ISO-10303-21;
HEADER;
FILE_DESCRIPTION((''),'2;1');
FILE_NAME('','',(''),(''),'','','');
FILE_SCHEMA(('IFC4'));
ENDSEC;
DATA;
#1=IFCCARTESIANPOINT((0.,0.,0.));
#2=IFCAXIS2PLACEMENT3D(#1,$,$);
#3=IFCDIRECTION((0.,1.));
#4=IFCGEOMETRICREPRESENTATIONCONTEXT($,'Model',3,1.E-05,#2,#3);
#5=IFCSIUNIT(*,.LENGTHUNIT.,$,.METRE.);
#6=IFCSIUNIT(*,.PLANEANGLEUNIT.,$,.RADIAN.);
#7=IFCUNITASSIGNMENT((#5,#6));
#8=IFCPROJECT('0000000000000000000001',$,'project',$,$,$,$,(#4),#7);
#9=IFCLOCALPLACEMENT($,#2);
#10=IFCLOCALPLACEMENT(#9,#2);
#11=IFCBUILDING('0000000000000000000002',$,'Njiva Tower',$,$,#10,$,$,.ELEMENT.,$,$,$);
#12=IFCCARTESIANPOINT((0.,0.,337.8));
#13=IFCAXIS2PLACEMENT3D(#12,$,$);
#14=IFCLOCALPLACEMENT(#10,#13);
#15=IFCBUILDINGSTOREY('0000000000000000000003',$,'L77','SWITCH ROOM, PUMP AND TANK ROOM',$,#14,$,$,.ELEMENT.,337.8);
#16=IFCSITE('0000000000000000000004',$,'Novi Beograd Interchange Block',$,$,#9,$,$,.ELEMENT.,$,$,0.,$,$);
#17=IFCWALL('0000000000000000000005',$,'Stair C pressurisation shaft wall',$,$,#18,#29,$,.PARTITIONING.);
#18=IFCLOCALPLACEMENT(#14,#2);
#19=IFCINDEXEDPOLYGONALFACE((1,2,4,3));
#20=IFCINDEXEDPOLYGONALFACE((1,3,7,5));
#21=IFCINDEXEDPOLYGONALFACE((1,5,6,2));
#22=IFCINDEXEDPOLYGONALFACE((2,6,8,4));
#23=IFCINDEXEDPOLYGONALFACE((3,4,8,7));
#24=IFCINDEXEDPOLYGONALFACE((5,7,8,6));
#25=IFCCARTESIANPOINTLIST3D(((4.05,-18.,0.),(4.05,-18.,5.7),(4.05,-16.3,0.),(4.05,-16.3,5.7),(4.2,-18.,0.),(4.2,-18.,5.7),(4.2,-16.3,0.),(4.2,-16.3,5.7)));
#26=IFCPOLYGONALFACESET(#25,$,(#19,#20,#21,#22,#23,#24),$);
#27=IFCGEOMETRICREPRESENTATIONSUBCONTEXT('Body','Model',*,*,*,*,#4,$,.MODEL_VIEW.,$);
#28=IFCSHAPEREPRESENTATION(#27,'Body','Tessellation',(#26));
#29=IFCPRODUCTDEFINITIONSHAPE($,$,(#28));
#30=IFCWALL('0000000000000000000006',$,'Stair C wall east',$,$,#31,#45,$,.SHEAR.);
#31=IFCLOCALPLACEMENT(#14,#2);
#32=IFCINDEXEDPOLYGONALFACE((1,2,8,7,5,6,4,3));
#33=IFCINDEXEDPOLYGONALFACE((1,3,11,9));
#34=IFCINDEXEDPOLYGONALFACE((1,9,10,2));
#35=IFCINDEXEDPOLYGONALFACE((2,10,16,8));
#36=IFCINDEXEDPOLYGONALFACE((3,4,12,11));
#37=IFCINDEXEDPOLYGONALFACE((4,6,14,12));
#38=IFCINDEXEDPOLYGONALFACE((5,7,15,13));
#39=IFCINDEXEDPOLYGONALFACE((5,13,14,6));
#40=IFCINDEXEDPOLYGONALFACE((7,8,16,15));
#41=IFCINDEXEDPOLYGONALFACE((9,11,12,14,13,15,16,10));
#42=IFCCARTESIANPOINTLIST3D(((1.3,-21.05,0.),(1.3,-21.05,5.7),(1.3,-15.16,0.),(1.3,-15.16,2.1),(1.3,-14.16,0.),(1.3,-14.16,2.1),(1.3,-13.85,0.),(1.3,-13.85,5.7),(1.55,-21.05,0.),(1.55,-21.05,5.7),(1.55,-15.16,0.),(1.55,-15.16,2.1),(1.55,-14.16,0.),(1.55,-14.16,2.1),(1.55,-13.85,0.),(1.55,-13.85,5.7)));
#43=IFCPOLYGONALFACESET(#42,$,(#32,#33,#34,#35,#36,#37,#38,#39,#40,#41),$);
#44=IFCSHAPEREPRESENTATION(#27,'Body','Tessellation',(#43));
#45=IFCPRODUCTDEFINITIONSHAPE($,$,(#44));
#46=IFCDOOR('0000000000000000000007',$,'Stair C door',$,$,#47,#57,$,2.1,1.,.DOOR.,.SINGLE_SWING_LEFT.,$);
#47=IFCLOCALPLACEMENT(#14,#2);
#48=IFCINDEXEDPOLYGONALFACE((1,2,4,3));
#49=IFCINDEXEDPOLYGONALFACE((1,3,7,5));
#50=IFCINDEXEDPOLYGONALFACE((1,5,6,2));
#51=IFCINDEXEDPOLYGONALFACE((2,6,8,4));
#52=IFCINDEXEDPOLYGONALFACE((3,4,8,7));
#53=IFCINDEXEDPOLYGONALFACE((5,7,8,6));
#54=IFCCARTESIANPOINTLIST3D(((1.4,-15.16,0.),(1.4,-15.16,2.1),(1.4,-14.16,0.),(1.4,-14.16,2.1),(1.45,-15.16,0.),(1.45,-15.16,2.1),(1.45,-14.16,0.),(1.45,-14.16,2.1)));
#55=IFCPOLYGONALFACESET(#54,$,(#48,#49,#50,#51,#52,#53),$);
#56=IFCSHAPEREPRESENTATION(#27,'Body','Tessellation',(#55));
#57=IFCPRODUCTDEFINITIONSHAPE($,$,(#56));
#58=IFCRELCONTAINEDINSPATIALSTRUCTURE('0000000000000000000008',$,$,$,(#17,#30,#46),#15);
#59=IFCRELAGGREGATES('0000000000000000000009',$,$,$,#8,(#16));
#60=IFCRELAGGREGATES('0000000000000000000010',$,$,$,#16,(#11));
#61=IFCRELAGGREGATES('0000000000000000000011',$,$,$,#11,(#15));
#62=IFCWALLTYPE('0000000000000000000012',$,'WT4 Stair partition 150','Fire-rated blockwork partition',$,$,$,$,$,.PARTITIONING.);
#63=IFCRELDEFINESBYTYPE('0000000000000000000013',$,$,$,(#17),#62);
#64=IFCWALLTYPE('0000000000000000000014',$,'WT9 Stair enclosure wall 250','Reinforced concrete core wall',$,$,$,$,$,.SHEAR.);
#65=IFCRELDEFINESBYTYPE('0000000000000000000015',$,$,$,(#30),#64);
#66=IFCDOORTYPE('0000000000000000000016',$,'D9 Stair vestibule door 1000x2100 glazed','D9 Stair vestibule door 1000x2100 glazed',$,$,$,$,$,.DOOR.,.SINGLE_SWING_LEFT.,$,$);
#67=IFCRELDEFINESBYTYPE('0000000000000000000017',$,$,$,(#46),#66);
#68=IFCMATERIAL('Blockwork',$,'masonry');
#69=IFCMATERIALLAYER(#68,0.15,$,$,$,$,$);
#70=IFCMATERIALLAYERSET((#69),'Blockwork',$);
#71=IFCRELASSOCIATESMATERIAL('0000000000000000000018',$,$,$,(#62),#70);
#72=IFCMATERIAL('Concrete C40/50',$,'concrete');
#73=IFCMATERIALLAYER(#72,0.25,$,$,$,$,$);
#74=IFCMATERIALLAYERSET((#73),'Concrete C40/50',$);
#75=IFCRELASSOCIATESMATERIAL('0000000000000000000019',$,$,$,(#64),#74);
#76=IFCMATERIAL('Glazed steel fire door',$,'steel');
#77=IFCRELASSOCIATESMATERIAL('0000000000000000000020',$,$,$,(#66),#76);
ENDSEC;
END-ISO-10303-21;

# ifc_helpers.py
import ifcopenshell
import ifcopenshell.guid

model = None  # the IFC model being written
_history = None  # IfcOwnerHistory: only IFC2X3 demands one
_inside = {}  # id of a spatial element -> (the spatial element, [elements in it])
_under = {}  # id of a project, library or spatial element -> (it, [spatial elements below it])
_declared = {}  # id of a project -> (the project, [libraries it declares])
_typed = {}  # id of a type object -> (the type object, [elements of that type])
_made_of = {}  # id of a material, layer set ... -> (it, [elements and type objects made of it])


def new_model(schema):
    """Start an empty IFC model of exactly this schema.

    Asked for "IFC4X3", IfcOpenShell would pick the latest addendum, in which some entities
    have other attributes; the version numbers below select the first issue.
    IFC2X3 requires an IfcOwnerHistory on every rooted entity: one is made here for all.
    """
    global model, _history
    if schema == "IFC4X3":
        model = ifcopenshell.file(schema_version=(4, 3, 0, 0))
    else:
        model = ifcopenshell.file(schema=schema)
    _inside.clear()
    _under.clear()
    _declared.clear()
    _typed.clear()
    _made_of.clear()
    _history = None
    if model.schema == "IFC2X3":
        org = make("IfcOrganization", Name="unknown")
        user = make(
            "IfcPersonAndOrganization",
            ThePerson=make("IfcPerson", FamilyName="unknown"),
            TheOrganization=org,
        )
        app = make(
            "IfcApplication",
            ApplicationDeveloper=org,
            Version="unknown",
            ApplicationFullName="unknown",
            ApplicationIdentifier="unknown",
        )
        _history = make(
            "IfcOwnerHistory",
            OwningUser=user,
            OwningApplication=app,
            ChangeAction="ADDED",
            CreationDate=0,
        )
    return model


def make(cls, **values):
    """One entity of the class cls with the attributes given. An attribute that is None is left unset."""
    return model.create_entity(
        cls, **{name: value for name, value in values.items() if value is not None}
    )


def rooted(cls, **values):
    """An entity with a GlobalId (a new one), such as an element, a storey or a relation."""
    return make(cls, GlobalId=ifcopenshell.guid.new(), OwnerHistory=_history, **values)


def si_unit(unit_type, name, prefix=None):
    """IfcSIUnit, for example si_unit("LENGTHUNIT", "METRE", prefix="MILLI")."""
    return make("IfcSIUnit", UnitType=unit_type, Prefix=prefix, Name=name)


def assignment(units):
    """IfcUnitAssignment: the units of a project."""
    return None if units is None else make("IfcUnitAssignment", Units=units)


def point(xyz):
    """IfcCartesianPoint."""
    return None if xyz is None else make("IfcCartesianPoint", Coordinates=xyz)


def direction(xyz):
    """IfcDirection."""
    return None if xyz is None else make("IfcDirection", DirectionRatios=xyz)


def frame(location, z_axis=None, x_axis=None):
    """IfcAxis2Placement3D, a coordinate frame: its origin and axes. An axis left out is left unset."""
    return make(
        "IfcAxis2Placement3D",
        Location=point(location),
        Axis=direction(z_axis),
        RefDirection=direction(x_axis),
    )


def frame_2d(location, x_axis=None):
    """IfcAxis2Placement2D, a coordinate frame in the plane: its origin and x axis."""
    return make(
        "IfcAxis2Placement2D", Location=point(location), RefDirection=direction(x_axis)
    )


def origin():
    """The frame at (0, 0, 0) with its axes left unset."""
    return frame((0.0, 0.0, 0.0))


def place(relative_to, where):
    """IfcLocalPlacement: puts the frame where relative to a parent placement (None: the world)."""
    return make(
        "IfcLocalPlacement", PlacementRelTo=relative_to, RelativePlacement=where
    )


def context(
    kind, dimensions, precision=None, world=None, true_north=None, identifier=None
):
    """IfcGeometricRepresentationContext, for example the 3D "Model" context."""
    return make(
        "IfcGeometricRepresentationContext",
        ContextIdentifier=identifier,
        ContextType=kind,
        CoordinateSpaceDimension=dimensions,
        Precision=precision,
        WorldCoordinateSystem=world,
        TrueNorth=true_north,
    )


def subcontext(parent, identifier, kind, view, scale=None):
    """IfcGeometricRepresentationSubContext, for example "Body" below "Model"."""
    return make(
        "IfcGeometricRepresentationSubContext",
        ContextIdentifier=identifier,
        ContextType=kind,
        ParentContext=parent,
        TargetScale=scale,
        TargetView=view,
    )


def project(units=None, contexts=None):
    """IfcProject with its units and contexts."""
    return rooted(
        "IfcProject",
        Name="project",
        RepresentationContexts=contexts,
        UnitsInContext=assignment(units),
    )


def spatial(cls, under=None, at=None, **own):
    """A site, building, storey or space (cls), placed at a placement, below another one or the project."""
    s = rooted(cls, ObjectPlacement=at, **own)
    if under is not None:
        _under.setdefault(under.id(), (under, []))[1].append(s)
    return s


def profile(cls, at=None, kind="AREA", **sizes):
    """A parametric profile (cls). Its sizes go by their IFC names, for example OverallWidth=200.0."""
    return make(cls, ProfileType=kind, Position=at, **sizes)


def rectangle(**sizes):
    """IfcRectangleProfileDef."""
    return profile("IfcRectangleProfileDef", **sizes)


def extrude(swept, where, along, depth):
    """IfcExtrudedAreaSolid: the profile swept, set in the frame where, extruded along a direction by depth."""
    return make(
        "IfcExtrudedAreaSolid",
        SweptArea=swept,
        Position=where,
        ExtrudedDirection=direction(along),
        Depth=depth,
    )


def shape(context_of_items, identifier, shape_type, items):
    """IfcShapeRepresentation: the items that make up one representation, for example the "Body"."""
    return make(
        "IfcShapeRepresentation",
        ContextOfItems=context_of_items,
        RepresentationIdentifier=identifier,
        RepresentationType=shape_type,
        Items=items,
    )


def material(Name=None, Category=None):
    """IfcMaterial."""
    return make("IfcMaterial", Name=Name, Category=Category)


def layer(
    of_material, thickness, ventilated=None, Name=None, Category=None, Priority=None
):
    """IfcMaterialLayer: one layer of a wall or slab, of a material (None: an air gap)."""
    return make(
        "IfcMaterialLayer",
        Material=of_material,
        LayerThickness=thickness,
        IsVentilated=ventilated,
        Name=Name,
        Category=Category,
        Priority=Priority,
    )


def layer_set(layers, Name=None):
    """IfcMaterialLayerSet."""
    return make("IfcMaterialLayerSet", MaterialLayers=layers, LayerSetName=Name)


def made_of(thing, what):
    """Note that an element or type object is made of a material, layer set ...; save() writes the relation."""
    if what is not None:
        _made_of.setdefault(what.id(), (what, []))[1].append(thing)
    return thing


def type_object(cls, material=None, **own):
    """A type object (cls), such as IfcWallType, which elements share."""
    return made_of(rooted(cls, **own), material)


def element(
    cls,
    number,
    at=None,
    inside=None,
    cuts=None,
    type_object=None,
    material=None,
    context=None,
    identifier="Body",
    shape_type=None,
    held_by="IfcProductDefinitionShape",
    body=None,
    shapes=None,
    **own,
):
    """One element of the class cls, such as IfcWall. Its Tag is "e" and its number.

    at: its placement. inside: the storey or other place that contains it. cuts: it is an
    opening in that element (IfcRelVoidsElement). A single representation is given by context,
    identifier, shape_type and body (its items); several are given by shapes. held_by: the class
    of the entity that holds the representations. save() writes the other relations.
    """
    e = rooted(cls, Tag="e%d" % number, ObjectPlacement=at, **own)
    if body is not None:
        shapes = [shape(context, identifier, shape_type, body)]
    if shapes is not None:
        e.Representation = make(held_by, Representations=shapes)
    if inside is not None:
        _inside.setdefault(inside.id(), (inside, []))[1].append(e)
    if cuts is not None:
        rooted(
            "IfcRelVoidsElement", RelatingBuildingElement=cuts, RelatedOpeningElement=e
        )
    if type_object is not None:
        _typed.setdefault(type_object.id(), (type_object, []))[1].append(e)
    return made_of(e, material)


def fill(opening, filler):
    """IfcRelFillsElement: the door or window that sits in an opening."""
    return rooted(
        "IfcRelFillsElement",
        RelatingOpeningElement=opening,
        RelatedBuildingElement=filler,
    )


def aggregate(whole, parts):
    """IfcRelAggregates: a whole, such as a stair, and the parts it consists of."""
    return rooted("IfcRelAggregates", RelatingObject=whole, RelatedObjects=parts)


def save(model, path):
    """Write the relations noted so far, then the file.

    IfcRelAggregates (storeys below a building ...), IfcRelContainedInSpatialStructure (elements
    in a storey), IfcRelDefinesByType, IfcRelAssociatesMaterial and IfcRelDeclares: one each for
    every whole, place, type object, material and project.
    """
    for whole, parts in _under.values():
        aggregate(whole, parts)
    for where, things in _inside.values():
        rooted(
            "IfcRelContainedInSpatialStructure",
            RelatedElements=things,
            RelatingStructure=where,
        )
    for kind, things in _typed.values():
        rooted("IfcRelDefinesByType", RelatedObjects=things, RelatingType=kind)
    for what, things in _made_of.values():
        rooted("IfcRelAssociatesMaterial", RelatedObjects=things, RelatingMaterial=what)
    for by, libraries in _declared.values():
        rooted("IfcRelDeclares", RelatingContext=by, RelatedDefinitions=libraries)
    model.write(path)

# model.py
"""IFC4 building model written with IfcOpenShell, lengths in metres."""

from ifc_helpers import new_model, si_unit, direction, frame, frame_2d, origin, place, context, subcontext, project, spatial, rectangle, extrude, material, layer, layer_set, type_object, element, fill, save


model = new_model("IFC4")

# Units and contexts
model_context = context("Model", 3, precision=1e-05, world=origin(), true_north=direction((0.0, 1.0)))
body_context = subcontext(model_context, "Body", "Model", "MODEL_VIEW")
ifc_project = project(units=[si_unit("LENGTHUNIT", "METRE"), si_unit("PLANEANGLEUNIT", "RADIAN")], contexts=[model_context])

# Site, building, storey
site_placement = place(None, origin())
site = spatial("IfcSite", under=ifc_project, at=site_placement, Name="Novi Beograd Interchange Block", CompositionType="ELEMENT", RefElevation=0.0)
building_placement = place(site_placement, origin())
building = spatial("IfcBuilding", under=site, at=building_placement, Name="Njiva Tower", CompositionType="ELEMENT")
storey_placement = place(building_placement, frame((0.0, 0.0, 337.8)))
storey = spatial("IfcBuildingStorey", under=building, at=storey_placement, Name="L77", Description="SWITCH ROOM, PUMP AND TANK ROOM", CompositionType="ELEMENT", Elevation=337.8)

# Wall
ifc_material_1 = material(Name="Blockwork", Category="masonry")
ifc_layer_1 = layer(ifc_material_1, 0.15)
ifc_layer_set_1 = layer_set([ifc_layer_1], Name="Blockwork")
wall_type_1 = type_object("IfcWallType", Name="WT4 Stair partition 150", Description="Fire-rated blockwork partition", PredefinedType="PARTITIONING", material=ifc_layer_set_1)
wall_1_placement = place(storey_placement, frame((4.125, -18.0, 0.0), z_axis=(0.0, 0.0, 1.0), x_axis=(0.0, 1.0, 0.0)))
element("IfcWall", 1, at=wall_1_placement, inside=storey, type_object=wall_type_1, Name="Stair C pressurisation shaft wall", PredefinedType="PARTITIONING", context=body_context, shape_type="SweptSolid", body=[
    extrude(rectangle(XDim=1.7, YDim=0.15, at=frame_2d((0.85, 0.0))), origin(), (0.0, 0.0, 1.0), 5.7),
])

# Wall, opening, door
ifc_material_2 = material(Name="Concrete C40/50", Category="concrete")
ifc_layer_2 = layer(ifc_material_2, 0.25)
ifc_layer_set_2 = layer_set([ifc_layer_2], Name="Concrete C40/50")
wall_type_2 = type_object("IfcWallType", Name="WT9 Stair enclosure wall 250", Description="Reinforced concrete core wall", PredefinedType="SHEAR", material=ifc_layer_set_2)
wall_2_placement = place(storey_placement, frame((1.425, -21.05, 0.0), z_axis=(0.0, 0.0, 1.0), x_axis=(0.0, 1.0, 0.0)))
wall_2 = element("IfcWall", 2, at=wall_2_placement, inside=storey, type_object=wall_type_2, Name="Stair C wall east", PredefinedType="SHEAR", context=body_context, shape_type="SweptSolid", body=[
    extrude(rectangle(XDim=7.2, YDim=0.25, at=frame_2d((3.6, 0.0))), origin(), (0.0, 0.0, 1.0), 5.7),
])
opening_1_placement = place(wall_2_placement, frame((5.89, 0.0, 0.0)))
opening_1 = element("IfcOpeningElement", 3, at=opening_1_placement, cuts=wall_2, PredefinedType="OPENING", context=body_context, shape_type="SweptSolid", body=[
    extrude(rectangle(XDim=1.0, YDim=2.1, at=frame_2d((0.5, 1.05))), frame((0.0, 0.135, 0.0), z_axis=(0.0, -1.0, 0.0), x_axis=(1.0, 0.0, 0.0)), (0.0, 0.0, 1.0), 0.27),
])
ifc_material_3 = material(Name="Glazed steel fire door", Category="steel")
door_type = type_object("IfcDoorType", Name="D9 Stair vestibule door 1000x2100 glazed", Description="D9 Stair vestibule door 1000x2100 glazed", OperationType="SINGLE_SWING_LEFT", PredefinedType="DOOR", material=ifc_material_3)
door_placement = place(opening_1_placement, origin())
door = element("IfcDoor", 4, at=door_placement, inside=storey, type_object=door_type, Name="Stair C door", OperationType="SINGLE_SWING_LEFT", OverallHeight=2.1, OverallWidth=1.0, PredefinedType="DOOR", context=body_context, shape_type="SweptSolid", body=[
    extrude(rectangle(XDim=1.0, YDim=2.1, at=frame_2d((0.5, 1.05))), frame((0.0, 0.025, 0.0), z_axis=(0.0, -1.0, 0.0), x_axis=(1.0, 0.0, 0.0)), (0.0, 0.0, 1.0), 0.05),
])
fill(opening_1, door)

save(model, "model.ifc")
